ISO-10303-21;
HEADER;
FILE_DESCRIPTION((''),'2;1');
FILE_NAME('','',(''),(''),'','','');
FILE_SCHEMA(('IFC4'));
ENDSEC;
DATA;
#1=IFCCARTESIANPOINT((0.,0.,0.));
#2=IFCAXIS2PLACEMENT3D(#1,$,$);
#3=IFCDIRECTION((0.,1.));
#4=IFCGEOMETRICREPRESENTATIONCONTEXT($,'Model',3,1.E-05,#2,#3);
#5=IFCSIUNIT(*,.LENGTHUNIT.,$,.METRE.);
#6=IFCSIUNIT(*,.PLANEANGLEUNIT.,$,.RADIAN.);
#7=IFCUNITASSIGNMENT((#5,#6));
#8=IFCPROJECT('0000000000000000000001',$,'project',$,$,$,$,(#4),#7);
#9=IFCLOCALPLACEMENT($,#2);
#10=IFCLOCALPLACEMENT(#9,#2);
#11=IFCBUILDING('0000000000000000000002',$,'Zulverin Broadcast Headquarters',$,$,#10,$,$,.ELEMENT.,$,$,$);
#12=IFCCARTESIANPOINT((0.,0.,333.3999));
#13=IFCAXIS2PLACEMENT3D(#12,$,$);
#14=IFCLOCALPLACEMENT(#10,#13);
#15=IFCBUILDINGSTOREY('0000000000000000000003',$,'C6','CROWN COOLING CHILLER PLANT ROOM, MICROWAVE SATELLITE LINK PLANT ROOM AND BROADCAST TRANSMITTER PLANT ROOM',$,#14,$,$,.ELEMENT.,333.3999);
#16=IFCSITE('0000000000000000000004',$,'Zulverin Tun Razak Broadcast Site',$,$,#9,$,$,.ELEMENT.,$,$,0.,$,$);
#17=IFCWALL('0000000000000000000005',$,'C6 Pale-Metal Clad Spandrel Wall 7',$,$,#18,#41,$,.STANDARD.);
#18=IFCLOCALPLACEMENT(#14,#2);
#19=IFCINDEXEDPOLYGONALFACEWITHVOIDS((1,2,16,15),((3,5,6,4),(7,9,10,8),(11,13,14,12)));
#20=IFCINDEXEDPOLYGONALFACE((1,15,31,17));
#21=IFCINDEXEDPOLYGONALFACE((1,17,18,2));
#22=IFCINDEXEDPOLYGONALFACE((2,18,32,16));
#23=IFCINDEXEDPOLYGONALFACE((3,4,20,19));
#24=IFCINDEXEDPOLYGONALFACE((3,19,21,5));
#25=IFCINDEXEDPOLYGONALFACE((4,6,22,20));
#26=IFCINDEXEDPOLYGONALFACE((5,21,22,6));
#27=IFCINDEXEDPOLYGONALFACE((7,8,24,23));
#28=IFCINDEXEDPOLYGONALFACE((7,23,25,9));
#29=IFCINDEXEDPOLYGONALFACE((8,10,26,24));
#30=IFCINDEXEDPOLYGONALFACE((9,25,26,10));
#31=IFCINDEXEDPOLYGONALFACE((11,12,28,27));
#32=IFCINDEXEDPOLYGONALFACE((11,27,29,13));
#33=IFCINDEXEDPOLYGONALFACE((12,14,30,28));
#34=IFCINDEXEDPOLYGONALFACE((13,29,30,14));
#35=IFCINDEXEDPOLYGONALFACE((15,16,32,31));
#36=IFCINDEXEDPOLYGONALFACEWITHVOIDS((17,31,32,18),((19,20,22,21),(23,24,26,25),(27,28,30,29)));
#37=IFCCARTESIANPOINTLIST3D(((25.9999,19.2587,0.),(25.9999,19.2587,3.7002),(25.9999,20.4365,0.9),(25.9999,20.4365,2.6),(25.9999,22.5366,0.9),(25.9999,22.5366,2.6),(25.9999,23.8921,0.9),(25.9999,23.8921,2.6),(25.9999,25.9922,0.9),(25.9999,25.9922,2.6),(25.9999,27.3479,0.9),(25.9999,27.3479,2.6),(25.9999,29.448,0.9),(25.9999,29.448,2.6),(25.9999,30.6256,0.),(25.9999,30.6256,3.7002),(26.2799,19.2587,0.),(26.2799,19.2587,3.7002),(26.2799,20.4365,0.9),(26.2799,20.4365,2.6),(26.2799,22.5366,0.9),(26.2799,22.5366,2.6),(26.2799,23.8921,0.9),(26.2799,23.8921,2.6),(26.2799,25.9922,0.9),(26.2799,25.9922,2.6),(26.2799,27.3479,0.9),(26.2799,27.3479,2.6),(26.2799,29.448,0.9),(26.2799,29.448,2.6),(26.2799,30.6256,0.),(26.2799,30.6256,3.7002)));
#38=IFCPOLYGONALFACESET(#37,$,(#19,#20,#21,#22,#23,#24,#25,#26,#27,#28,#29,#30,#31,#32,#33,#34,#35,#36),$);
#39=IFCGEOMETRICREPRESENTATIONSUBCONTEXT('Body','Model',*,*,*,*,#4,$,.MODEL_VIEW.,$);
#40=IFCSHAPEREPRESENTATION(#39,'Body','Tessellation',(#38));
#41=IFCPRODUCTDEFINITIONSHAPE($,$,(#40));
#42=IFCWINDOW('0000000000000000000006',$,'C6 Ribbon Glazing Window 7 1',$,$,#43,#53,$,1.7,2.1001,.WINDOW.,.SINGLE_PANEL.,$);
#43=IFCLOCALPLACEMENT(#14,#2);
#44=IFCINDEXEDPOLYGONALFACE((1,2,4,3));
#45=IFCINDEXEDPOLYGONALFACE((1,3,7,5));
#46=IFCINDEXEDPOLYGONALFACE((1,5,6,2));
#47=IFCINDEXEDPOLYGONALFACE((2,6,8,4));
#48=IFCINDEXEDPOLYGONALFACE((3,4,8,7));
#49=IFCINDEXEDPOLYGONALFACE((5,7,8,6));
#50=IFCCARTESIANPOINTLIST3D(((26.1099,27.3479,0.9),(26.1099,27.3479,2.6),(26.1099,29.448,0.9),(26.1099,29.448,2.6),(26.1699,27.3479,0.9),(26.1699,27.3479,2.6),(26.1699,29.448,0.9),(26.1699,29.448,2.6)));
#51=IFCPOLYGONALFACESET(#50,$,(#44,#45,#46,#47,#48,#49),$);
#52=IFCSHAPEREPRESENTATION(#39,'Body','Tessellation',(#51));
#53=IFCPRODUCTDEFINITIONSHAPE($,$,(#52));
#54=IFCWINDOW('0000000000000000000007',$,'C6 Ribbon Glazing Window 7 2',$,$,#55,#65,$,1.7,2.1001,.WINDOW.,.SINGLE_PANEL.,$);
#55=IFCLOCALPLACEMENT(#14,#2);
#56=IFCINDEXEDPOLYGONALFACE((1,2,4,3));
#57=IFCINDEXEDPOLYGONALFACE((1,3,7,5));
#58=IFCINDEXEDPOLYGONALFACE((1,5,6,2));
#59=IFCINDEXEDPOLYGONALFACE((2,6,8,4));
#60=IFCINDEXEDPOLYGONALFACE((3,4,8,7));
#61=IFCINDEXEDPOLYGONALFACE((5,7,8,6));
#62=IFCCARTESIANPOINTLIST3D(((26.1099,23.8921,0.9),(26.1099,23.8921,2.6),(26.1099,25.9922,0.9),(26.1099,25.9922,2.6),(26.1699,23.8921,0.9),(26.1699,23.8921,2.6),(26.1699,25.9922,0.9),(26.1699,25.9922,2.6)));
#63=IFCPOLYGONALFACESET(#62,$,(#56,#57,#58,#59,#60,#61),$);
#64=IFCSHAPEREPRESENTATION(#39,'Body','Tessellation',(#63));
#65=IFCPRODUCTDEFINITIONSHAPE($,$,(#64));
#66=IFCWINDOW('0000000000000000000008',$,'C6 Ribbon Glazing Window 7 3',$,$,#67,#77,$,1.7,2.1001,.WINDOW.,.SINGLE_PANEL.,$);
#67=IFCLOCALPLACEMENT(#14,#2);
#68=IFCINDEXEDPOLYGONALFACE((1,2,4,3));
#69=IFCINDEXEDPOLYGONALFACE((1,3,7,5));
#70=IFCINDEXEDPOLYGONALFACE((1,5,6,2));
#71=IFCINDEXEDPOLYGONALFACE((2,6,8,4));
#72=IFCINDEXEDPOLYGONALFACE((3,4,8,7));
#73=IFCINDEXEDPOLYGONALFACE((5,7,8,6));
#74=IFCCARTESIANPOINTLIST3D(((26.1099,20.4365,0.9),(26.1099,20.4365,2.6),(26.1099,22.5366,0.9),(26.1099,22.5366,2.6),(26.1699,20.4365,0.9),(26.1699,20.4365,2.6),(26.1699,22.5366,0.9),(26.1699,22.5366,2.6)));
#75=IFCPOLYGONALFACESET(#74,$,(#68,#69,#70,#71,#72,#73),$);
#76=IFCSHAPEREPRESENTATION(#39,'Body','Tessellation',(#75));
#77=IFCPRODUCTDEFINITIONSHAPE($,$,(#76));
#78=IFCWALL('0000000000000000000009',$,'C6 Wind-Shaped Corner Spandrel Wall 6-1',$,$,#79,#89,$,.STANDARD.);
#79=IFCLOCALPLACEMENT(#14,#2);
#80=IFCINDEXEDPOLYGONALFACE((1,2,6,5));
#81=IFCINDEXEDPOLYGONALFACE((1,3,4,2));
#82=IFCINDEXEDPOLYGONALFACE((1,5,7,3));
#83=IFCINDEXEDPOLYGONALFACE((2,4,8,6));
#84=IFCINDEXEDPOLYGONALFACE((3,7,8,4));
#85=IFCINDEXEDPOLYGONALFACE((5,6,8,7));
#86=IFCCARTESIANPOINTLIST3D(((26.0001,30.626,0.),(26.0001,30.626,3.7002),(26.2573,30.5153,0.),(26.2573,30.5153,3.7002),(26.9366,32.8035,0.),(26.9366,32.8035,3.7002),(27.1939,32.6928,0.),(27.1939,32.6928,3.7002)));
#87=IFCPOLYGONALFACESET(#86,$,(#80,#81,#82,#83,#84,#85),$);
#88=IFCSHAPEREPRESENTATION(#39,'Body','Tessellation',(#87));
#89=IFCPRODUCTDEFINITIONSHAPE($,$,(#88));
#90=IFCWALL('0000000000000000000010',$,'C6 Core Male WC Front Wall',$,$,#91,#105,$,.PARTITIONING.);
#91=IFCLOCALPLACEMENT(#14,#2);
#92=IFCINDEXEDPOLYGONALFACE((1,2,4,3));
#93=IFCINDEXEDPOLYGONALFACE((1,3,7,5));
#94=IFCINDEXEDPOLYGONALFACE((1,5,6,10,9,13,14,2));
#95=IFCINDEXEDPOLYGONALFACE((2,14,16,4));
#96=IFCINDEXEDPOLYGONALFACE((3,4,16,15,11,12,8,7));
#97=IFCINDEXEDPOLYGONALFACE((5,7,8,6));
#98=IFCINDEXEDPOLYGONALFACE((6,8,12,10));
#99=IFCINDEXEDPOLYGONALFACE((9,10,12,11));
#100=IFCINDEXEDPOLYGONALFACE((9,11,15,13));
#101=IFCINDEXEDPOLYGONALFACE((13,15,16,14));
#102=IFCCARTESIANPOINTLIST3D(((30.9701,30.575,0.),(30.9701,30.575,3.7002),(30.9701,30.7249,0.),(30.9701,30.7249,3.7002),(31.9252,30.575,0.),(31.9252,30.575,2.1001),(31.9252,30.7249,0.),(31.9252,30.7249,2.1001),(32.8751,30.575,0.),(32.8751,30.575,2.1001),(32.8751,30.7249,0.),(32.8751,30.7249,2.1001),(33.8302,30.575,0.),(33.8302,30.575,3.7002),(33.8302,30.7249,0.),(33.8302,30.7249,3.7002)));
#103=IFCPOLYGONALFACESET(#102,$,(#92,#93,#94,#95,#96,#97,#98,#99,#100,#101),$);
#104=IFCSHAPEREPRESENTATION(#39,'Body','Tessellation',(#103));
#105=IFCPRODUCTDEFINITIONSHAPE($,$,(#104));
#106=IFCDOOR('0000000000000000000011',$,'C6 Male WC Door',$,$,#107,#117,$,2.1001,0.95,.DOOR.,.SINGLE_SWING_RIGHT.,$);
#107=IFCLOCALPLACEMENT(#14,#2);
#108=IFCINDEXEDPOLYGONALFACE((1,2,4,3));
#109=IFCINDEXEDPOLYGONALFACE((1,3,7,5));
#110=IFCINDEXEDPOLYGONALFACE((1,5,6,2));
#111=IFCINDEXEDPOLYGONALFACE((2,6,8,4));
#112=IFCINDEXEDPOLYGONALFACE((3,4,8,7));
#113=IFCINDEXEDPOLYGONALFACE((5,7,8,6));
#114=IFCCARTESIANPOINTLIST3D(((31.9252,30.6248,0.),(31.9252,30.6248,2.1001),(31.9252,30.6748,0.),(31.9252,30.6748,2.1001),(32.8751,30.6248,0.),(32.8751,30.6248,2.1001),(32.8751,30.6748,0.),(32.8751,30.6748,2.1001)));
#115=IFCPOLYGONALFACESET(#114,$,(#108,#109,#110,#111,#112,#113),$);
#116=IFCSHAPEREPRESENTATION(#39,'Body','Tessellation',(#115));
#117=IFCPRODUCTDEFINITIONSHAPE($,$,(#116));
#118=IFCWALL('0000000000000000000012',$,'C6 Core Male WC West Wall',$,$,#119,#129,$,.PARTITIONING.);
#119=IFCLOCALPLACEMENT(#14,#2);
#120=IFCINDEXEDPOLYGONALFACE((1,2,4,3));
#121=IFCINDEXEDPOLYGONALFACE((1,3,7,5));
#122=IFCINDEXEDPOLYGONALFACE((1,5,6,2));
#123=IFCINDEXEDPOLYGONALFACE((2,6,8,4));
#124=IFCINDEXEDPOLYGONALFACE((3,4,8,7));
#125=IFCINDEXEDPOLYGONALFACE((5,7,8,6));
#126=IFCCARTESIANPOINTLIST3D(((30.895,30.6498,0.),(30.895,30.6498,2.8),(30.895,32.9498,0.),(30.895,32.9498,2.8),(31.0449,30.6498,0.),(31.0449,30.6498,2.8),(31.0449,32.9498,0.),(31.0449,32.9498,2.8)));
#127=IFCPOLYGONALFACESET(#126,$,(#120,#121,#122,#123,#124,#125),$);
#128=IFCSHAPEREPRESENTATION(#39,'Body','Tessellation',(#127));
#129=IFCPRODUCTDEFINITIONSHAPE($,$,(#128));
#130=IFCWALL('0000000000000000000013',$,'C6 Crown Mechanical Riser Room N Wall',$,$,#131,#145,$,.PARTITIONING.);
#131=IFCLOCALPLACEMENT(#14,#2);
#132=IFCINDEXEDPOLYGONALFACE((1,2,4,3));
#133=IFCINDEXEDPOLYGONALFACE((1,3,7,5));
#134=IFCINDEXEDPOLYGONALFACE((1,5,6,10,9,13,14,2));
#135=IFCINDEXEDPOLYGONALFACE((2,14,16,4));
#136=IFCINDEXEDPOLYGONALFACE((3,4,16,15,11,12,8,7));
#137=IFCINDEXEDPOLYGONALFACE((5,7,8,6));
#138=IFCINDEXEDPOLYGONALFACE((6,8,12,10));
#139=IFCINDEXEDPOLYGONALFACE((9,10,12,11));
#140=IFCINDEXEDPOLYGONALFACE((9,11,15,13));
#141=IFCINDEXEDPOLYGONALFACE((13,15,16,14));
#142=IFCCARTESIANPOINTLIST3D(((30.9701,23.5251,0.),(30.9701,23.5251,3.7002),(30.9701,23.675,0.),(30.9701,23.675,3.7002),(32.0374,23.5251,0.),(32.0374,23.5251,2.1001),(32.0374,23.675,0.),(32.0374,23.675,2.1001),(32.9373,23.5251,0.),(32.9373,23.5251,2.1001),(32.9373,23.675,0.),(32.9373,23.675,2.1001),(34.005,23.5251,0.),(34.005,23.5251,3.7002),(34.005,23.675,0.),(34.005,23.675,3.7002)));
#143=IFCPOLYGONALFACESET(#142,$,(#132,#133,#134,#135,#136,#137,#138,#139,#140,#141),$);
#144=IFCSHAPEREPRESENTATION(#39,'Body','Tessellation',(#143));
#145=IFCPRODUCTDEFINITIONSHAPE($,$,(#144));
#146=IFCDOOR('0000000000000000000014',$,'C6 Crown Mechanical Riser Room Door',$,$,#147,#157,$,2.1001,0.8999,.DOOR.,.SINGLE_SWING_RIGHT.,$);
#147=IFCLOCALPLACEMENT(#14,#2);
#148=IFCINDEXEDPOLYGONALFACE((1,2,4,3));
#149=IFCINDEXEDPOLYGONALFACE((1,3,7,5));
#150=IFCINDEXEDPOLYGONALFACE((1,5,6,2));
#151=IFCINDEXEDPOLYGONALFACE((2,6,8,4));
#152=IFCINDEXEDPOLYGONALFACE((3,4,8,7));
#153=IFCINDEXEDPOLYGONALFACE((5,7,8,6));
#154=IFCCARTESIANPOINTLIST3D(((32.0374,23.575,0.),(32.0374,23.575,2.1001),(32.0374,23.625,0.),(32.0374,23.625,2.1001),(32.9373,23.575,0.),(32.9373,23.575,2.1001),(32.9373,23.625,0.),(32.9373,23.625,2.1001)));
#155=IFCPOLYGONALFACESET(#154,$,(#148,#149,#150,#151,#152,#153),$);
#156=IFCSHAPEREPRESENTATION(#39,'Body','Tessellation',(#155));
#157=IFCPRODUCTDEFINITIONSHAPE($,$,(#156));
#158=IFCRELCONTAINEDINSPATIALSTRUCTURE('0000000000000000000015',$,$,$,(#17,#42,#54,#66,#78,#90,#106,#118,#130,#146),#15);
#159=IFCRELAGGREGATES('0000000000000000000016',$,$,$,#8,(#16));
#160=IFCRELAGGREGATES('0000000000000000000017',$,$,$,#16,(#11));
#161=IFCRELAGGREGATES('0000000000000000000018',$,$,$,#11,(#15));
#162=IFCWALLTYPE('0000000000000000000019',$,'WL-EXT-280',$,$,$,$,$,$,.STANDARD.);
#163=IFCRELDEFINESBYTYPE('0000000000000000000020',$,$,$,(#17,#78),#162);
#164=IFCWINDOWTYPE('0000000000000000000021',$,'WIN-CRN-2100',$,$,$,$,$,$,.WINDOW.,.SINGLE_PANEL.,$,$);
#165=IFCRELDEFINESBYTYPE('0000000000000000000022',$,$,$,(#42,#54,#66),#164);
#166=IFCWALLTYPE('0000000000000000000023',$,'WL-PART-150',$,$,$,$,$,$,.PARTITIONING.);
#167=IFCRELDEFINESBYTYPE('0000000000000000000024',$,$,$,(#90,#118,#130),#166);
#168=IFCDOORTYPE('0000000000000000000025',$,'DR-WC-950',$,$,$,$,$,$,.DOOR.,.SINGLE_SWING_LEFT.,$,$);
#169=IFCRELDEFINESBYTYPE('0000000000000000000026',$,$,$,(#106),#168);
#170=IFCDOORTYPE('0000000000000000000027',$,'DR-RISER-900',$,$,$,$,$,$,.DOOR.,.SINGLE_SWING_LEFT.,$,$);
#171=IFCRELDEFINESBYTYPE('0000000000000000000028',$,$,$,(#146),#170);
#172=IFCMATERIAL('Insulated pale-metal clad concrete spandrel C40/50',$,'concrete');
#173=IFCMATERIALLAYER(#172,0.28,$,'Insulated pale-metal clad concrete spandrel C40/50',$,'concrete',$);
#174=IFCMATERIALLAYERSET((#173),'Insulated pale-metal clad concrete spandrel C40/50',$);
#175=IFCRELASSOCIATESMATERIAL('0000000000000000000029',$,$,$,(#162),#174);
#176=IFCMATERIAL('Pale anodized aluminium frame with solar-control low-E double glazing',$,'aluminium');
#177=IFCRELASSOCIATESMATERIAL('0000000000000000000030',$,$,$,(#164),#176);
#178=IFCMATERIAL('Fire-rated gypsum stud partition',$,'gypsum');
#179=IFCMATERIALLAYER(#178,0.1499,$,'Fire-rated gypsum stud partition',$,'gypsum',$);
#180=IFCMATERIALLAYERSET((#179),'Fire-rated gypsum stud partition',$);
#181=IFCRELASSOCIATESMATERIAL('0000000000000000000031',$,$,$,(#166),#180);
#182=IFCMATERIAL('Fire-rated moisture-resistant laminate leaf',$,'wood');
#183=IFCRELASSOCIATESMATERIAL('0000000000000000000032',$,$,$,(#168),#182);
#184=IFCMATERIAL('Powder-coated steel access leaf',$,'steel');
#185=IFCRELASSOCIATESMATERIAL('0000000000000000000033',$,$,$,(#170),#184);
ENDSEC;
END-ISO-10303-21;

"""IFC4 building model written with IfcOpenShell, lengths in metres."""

from ifc_helpers import new_model, si_unit, direction, frame, frame_2d, origin, place, context, subcontext, project, spatial, rectangle, extrude, material, layer, layer_set, type_object, element, fill, save


model = new_model("IFC4")

# Units and contexts
model_context = context("Model", 3, precision=1e-05, world=origin(), true_north=direction((0.0, 1.0)))
body_context = subcontext(model_context, "Body", "Model", "MODEL_VIEW")
ifc_project = project(units=[si_unit("LENGTHUNIT", "METRE"), si_unit("PLANEANGLEUNIT", "RADIAN")], contexts=[model_context])

# Site, building, storey
site_placement = place(None, origin())
site = spatial("IfcSite", under=ifc_project, at=site_placement, Name="Zulverin Tun Razak Broadcast Site", CompositionType="ELEMENT", RefElevation=0.0)
building_placement = place(site_placement, origin())
building = spatial("IfcBuilding", under=site, at=building_placement, Name="Zulverin Broadcast Headquarters", CompositionType="ELEMENT")
storey_placement = place(building_placement, frame((0.0, 0.0, 333.3999)))
storey = spatial("IfcBuildingStorey", under=building, at=storey_placement, Name="C6", Description="CROWN COOLING CHILLER PLANT ROOM, MICROWAVE SATELLITE LINK PLANT ROOM AND BROADCAST TRANSMITTER PLANT ROOM", CompositionType="ELEMENT", Elevation=333.3999)

# Wall, openings, windows
ifc_material_1 = material(Name="Insulated pale-metal clad concrete spandrel C40/50", Category="concrete")
ifc_layer_1 = layer(ifc_material_1, 0.28, Name="Insulated pale-metal clad concrete spandrel C40/50", Category="concrete")
ifc_layer_set_1 = layer_set([ifc_layer_1], Name="Insulated pale-metal clad concrete spandrel C40/50")
wall_type_1 = type_object("IfcWallType", Name="WL-EXT-280", PredefinedType="STANDARD", material=ifc_layer_set_1)
wall_1_placement = place(storey_placement, frame((26.1399, 30.6257, 0.0), z_axis=(0.0, 0.0, 1.0), x_axis=(0.0, -1.0, 0.0)))
wall_1 = element("IfcWall", 1, at=wall_1_placement, inside=storey, type_object=wall_type_1, Name="C6 Pale-Metal Clad Spandrel Wall 7", PredefinedType="STANDARD", context=body_context, shape_type="SweptSolid", body=[
    extrude(rectangle(XDim=11.3669, YDim=0.28, at=frame_2d((5.6836, 0.0))), origin(), (0.0, 0.0, 1.0), 3.7002),
])
opening_1_placement = place(wall_1_placement, frame((1.1777, 0.0, 0.8999)))
opening_1 = element("IfcOpeningElement", 2, at=opening_1_placement, cuts=wall_1, PredefinedType="OPENING", context=body_context, shape_type="SweptSolid", body=[
    extrude(rectangle(XDim=2.1001, YDim=1.7, at=frame_2d((1.05, 0.8501))), frame((0.0, 0.1499, 0.0), z_axis=(0.0, -1.0, 0.0), x_axis=(1.0, 0.0, 0.0)), (0.0, 0.0, 1.0), 0.3),
])
opening_2_placement = place(wall_1_placement, frame((4.6335, 0.0, 0.8999)))
opening_2 = element("IfcOpeningElement", 3, at=opening_2_placement, cuts=wall_1, PredefinedType="OPENING", context=body_context, shape_type="SweptSolid", body=[
    extrude(rectangle(XDim=2.1001, YDim=1.7, at=frame_2d((1.05, 0.8501))), frame((0.0, 0.1499, 0.0), z_axis=(0.0, -1.0, 0.0), x_axis=(1.0, 0.0, 0.0)), (0.0, 0.0, 1.0), 0.3),
])
opening_3_placement = place(wall_1_placement, frame((8.0891, 0.0, 0.8999)))
opening_3 = element("IfcOpeningElement", 4, at=opening_3_placement, cuts=wall_1, PredefinedType="OPENING", context=body_context, shape_type="SweptSolid", body=[
    extrude(rectangle(XDim=2.1001, YDim=1.7, at=frame_2d((1.05, 0.8501))), frame((0.0, 0.1499, 0.0), z_axis=(0.0, -1.0, 0.0), x_axis=(1.0, 0.0, 0.0)), (0.0, 0.0, 1.0), 0.3),
])
ifc_material_2 = material(Name="Pale anodized aluminium frame with solar-control low-E double glazing", Category="aluminium")
window_type = type_object("IfcWindowType", Name="WIN-CRN-2100", PartitioningType="SINGLE_PANEL", PredefinedType="WINDOW", material=ifc_material_2)
window_1_placement = place(opening_1_placement, origin())
window_1 = element("IfcWindow", 5, at=window_1_placement, inside=storey, type_object=window_type, Name="C6 Ribbon Glazing Window 7 1", OverallHeight=1.7, OverallWidth=2.1001, PartitioningType="SINGLE_PANEL", PredefinedType="WINDOW", context=body_context, shape_type="SweptSolid", body=[
    extrude(rectangle(XDim=2.1001, YDim=1.7, at=frame_2d((1.05, 0.8501))), frame((0.0, 0.03, 0.0), z_axis=(0.0, -1.0, 0.0), x_axis=(1.0, 0.0, 0.0)), (0.0, 0.0, 1.0), 0.0601),
])
fill(opening_1, window_1)
window_2_placement = place(opening_2_placement, origin())
window_2 = element("IfcWindow", 6, at=window_2_placement, inside=storey, type_object=window_type, Name="C6 Ribbon Glazing Window 7 2", OverallHeight=1.7, OverallWidth=2.1001, PartitioningType="SINGLE_PANEL", PredefinedType="WINDOW", context=body_context, shape_type="SweptSolid", body=[
    extrude(rectangle(XDim=2.1001, YDim=1.7, at=frame_2d((1.05, 0.8501))), frame((0.0, 0.03, 0.0), z_axis=(0.0, -1.0, 0.0), x_axis=(1.0, 0.0, 0.0)), (0.0, 0.0, 1.0), 0.0601),
])
fill(opening_2, window_2)
window_3_placement = place(opening_3_placement, origin())
window_3 = element("IfcWindow", 7, at=window_3_placement, inside=storey, type_object=window_type, Name="C6 Ribbon Glazing Window 7 3", OverallHeight=1.7, OverallWidth=2.1001, PartitioningType="SINGLE_PANEL", PredefinedType="WINDOW", context=body_context, shape_type="SweptSolid", body=[
    extrude(rectangle(XDim=2.1001, YDim=1.7, at=frame_2d((1.05, 0.8501))), frame((0.0, 0.03, 0.0), z_axis=(0.0, -1.0, 0.0), x_axis=(1.0, 0.0, 0.0)), (0.0, 0.0, 1.0), 0.0601),
])
fill(opening_3, window_3)

# Wall
wall_2_placement = place(storey_placement, frame((27.0652, 32.748, 0.0), z_axis=(0.0, 0.0, 1.0), x_axis=(-0.3951, -0.918638, 0.0)))
element("IfcWall", 8, at=wall_2_placement, inside=storey, type_object=wall_type_1, Name="C6 Wind-Shaped Corner Spandrel Wall 6-1", PredefinedType="STANDARD", context=body_context, shape_type="SweptSolid", body=[
    extrude(rectangle(XDim=2.3704, YDim=0.28, at=frame_2d((1.1851, 0.0))), origin(), (0.0, 0.0, 1.0), 3.7002),
])

# Wall, opening, door
ifc_material_3 = material(Name="Fire-rated gypsum stud partition", Category="gypsum")
ifc_layer_2 = layer(ifc_material_3, 0.1499, Name="Fire-rated gypsum stud partition", Category="gypsum")
ifc_layer_set_2 = layer_set([ifc_layer_2], Name="Fire-rated gypsum stud partition")
wall_type_2 = type_object("IfcWallType", Name="WL-PART-150", PredefinedType="PARTITIONING", material=ifc_layer_set_2)
wall_3_placement = place(storey_placement, frame((30.97, 30.6499, 0.0), z_axis=(0.0, 0.0, 1.0), x_axis=(1.0, 0.0, 0.0)))
wall_3 = element("IfcWall", 9, at=wall_3_placement, inside=storey, type_object=wall_type_2, Name="C6 Core Male WC Front Wall", PredefinedType="PARTITIONING", context=body_context, shape_type="SweptSolid", body=[
    extrude(rectangle(XDim=2.8601, YDim=0.1499, at=frame_2d((1.4302, 0.0))), origin(), (0.0, 0.0, 1.0), 3.7002),
])
opening_4_placement = place(wall_3_placement, frame((0.9551, 0.0, 0.0)))
opening_4 = element("IfcOpeningElement", 10, at=opening_4_placement, cuts=wall_3, PredefinedType="OPENING", context=body_context, shape_type="SweptSolid", body=[
    extrude(rectangle(XDim=0.95, YDim=2.1001, at=frame_2d((0.4751, 1.05))), frame((0.0, 0.085, 0.0), z_axis=(0.0, -1.0, 0.0), x_axis=(1.0, 0.0, 0.0)), (0.0, 0.0, 1.0), 0.1699),
])
ifc_material_4 = material(Name="Fire-rated moisture-resistant laminate leaf", Category="wood")
door_type_1 = type_object("IfcDoorType", Name="DR-WC-950", OperationType="SINGLE_SWING_LEFT", PredefinedType="DOOR", material=ifc_material_4)
door_1_placement = place(opening_4_placement, origin())
door_1 = element("IfcDoor", 11, at=door_1_placement, inside=storey, type_object=door_type_1, Name="C6 Male WC Door", OperationType="SINGLE_SWING_RIGHT", OverallHeight=2.1001, OverallWidth=0.95, PredefinedType="DOOR", context=body_context, shape_type="SweptSolid", body=[
    extrude(rectangle(XDim=0.95, YDim=2.1001, at=frame_2d((0.4751, 1.05))), frame((0.0, 0.0249, 0.0), z_axis=(0.0, -1.0, 0.0), x_axis=(1.0, 0.0, 0.0)), (0.0, 0.0, 1.0), 0.05),
])
fill(opening_4, door_1)

# Wall
wall_4_placement = place(storey_placement, frame((30.97, 30.6499, 0.0), z_axis=(0.0, 0.0, 1.0), x_axis=(0.0, 1.0, 0.0)))
element("IfcWall", 12, at=wall_4_placement, inside=storey, type_object=wall_type_2, Name="C6 Core Male WC West Wall", PredefinedType="PARTITIONING", context=body_context, shape_type="SweptSolid", body=[
    extrude(rectangle(XDim=2.3, YDim=0.1499, at=frame_2d((1.1499, 0.0))), origin(), (0.0, 0.0, 1.0), 2.8),
])

# Wall, opening, door
wall_5_placement = place(storey_placement, frame((30.97, 23.6001, 0.0), z_axis=(0.0, 0.0, 1.0), x_axis=(1.0, 0.0, 0.0)))
wall_5 = element("IfcWall", 13, at=wall_5_placement, inside=storey, type_object=wall_type_2, Name="C6 Crown Mechanical Riser Room N Wall", PredefinedType="PARTITIONING", context=body_context, shape_type="SweptSolid", body=[
    extrude(rectangle(XDim=3.0349, YDim=0.1499, at=frame_2d((1.5176, 0.0))), origin(), (0.0, 0.0, 1.0), 3.7002),
])
opening_5_placement = place(wall_5_placement, frame((1.0674, 0.0, 0.0)))
opening_5 = element("IfcOpeningElement", 14, at=opening_5_placement, cuts=wall_5, PredefinedType="OPENING", context=body_context, shape_type="SweptSolid", body=[
    extrude(rectangle(XDim=0.8999, YDim=2.1001, at=frame_2d((0.45, 1.05))), frame((0.0, 0.085, 0.0), z_axis=(0.0, -1.0, 0.0), x_axis=(1.0, 0.0, 0.0)), (0.0, 0.0, 1.0), 0.1699),
])
ifc_material_5 = material(Name="Powder-coated steel access leaf", Category="steel")
door_type_2 = type_object("IfcDoorType", Name="DR-RISER-900", OperationType="SINGLE_SWING_LEFT", PredefinedType="DOOR", material=ifc_material_5)
door_2_placement = place(opening_5_placement, origin())
door_2 = element("IfcDoor", 15, at=door_2_placement, inside=storey, type_object=door_type_2, Name="C6 Crown Mechanical Riser Room Door", OperationType="SINGLE_SWING_RIGHT", OverallHeight=2.1001, OverallWidth=0.8999, PredefinedType="DOOR", context=body_context, shape_type="SweptSolid", body=[
    extrude(rectangle(XDim=0.8999, YDim=2.1001, at=frame_2d((0.45, 1.05))), frame((0.0, 0.0249, 0.0), z_axis=(0.0, -1.0, 0.0), x_axis=(1.0, 0.0, 0.0)), (0.0, 0.0, 1.0), 0.05),
])
fill(opening_5, door_2)

save(model, "model.ifc")
